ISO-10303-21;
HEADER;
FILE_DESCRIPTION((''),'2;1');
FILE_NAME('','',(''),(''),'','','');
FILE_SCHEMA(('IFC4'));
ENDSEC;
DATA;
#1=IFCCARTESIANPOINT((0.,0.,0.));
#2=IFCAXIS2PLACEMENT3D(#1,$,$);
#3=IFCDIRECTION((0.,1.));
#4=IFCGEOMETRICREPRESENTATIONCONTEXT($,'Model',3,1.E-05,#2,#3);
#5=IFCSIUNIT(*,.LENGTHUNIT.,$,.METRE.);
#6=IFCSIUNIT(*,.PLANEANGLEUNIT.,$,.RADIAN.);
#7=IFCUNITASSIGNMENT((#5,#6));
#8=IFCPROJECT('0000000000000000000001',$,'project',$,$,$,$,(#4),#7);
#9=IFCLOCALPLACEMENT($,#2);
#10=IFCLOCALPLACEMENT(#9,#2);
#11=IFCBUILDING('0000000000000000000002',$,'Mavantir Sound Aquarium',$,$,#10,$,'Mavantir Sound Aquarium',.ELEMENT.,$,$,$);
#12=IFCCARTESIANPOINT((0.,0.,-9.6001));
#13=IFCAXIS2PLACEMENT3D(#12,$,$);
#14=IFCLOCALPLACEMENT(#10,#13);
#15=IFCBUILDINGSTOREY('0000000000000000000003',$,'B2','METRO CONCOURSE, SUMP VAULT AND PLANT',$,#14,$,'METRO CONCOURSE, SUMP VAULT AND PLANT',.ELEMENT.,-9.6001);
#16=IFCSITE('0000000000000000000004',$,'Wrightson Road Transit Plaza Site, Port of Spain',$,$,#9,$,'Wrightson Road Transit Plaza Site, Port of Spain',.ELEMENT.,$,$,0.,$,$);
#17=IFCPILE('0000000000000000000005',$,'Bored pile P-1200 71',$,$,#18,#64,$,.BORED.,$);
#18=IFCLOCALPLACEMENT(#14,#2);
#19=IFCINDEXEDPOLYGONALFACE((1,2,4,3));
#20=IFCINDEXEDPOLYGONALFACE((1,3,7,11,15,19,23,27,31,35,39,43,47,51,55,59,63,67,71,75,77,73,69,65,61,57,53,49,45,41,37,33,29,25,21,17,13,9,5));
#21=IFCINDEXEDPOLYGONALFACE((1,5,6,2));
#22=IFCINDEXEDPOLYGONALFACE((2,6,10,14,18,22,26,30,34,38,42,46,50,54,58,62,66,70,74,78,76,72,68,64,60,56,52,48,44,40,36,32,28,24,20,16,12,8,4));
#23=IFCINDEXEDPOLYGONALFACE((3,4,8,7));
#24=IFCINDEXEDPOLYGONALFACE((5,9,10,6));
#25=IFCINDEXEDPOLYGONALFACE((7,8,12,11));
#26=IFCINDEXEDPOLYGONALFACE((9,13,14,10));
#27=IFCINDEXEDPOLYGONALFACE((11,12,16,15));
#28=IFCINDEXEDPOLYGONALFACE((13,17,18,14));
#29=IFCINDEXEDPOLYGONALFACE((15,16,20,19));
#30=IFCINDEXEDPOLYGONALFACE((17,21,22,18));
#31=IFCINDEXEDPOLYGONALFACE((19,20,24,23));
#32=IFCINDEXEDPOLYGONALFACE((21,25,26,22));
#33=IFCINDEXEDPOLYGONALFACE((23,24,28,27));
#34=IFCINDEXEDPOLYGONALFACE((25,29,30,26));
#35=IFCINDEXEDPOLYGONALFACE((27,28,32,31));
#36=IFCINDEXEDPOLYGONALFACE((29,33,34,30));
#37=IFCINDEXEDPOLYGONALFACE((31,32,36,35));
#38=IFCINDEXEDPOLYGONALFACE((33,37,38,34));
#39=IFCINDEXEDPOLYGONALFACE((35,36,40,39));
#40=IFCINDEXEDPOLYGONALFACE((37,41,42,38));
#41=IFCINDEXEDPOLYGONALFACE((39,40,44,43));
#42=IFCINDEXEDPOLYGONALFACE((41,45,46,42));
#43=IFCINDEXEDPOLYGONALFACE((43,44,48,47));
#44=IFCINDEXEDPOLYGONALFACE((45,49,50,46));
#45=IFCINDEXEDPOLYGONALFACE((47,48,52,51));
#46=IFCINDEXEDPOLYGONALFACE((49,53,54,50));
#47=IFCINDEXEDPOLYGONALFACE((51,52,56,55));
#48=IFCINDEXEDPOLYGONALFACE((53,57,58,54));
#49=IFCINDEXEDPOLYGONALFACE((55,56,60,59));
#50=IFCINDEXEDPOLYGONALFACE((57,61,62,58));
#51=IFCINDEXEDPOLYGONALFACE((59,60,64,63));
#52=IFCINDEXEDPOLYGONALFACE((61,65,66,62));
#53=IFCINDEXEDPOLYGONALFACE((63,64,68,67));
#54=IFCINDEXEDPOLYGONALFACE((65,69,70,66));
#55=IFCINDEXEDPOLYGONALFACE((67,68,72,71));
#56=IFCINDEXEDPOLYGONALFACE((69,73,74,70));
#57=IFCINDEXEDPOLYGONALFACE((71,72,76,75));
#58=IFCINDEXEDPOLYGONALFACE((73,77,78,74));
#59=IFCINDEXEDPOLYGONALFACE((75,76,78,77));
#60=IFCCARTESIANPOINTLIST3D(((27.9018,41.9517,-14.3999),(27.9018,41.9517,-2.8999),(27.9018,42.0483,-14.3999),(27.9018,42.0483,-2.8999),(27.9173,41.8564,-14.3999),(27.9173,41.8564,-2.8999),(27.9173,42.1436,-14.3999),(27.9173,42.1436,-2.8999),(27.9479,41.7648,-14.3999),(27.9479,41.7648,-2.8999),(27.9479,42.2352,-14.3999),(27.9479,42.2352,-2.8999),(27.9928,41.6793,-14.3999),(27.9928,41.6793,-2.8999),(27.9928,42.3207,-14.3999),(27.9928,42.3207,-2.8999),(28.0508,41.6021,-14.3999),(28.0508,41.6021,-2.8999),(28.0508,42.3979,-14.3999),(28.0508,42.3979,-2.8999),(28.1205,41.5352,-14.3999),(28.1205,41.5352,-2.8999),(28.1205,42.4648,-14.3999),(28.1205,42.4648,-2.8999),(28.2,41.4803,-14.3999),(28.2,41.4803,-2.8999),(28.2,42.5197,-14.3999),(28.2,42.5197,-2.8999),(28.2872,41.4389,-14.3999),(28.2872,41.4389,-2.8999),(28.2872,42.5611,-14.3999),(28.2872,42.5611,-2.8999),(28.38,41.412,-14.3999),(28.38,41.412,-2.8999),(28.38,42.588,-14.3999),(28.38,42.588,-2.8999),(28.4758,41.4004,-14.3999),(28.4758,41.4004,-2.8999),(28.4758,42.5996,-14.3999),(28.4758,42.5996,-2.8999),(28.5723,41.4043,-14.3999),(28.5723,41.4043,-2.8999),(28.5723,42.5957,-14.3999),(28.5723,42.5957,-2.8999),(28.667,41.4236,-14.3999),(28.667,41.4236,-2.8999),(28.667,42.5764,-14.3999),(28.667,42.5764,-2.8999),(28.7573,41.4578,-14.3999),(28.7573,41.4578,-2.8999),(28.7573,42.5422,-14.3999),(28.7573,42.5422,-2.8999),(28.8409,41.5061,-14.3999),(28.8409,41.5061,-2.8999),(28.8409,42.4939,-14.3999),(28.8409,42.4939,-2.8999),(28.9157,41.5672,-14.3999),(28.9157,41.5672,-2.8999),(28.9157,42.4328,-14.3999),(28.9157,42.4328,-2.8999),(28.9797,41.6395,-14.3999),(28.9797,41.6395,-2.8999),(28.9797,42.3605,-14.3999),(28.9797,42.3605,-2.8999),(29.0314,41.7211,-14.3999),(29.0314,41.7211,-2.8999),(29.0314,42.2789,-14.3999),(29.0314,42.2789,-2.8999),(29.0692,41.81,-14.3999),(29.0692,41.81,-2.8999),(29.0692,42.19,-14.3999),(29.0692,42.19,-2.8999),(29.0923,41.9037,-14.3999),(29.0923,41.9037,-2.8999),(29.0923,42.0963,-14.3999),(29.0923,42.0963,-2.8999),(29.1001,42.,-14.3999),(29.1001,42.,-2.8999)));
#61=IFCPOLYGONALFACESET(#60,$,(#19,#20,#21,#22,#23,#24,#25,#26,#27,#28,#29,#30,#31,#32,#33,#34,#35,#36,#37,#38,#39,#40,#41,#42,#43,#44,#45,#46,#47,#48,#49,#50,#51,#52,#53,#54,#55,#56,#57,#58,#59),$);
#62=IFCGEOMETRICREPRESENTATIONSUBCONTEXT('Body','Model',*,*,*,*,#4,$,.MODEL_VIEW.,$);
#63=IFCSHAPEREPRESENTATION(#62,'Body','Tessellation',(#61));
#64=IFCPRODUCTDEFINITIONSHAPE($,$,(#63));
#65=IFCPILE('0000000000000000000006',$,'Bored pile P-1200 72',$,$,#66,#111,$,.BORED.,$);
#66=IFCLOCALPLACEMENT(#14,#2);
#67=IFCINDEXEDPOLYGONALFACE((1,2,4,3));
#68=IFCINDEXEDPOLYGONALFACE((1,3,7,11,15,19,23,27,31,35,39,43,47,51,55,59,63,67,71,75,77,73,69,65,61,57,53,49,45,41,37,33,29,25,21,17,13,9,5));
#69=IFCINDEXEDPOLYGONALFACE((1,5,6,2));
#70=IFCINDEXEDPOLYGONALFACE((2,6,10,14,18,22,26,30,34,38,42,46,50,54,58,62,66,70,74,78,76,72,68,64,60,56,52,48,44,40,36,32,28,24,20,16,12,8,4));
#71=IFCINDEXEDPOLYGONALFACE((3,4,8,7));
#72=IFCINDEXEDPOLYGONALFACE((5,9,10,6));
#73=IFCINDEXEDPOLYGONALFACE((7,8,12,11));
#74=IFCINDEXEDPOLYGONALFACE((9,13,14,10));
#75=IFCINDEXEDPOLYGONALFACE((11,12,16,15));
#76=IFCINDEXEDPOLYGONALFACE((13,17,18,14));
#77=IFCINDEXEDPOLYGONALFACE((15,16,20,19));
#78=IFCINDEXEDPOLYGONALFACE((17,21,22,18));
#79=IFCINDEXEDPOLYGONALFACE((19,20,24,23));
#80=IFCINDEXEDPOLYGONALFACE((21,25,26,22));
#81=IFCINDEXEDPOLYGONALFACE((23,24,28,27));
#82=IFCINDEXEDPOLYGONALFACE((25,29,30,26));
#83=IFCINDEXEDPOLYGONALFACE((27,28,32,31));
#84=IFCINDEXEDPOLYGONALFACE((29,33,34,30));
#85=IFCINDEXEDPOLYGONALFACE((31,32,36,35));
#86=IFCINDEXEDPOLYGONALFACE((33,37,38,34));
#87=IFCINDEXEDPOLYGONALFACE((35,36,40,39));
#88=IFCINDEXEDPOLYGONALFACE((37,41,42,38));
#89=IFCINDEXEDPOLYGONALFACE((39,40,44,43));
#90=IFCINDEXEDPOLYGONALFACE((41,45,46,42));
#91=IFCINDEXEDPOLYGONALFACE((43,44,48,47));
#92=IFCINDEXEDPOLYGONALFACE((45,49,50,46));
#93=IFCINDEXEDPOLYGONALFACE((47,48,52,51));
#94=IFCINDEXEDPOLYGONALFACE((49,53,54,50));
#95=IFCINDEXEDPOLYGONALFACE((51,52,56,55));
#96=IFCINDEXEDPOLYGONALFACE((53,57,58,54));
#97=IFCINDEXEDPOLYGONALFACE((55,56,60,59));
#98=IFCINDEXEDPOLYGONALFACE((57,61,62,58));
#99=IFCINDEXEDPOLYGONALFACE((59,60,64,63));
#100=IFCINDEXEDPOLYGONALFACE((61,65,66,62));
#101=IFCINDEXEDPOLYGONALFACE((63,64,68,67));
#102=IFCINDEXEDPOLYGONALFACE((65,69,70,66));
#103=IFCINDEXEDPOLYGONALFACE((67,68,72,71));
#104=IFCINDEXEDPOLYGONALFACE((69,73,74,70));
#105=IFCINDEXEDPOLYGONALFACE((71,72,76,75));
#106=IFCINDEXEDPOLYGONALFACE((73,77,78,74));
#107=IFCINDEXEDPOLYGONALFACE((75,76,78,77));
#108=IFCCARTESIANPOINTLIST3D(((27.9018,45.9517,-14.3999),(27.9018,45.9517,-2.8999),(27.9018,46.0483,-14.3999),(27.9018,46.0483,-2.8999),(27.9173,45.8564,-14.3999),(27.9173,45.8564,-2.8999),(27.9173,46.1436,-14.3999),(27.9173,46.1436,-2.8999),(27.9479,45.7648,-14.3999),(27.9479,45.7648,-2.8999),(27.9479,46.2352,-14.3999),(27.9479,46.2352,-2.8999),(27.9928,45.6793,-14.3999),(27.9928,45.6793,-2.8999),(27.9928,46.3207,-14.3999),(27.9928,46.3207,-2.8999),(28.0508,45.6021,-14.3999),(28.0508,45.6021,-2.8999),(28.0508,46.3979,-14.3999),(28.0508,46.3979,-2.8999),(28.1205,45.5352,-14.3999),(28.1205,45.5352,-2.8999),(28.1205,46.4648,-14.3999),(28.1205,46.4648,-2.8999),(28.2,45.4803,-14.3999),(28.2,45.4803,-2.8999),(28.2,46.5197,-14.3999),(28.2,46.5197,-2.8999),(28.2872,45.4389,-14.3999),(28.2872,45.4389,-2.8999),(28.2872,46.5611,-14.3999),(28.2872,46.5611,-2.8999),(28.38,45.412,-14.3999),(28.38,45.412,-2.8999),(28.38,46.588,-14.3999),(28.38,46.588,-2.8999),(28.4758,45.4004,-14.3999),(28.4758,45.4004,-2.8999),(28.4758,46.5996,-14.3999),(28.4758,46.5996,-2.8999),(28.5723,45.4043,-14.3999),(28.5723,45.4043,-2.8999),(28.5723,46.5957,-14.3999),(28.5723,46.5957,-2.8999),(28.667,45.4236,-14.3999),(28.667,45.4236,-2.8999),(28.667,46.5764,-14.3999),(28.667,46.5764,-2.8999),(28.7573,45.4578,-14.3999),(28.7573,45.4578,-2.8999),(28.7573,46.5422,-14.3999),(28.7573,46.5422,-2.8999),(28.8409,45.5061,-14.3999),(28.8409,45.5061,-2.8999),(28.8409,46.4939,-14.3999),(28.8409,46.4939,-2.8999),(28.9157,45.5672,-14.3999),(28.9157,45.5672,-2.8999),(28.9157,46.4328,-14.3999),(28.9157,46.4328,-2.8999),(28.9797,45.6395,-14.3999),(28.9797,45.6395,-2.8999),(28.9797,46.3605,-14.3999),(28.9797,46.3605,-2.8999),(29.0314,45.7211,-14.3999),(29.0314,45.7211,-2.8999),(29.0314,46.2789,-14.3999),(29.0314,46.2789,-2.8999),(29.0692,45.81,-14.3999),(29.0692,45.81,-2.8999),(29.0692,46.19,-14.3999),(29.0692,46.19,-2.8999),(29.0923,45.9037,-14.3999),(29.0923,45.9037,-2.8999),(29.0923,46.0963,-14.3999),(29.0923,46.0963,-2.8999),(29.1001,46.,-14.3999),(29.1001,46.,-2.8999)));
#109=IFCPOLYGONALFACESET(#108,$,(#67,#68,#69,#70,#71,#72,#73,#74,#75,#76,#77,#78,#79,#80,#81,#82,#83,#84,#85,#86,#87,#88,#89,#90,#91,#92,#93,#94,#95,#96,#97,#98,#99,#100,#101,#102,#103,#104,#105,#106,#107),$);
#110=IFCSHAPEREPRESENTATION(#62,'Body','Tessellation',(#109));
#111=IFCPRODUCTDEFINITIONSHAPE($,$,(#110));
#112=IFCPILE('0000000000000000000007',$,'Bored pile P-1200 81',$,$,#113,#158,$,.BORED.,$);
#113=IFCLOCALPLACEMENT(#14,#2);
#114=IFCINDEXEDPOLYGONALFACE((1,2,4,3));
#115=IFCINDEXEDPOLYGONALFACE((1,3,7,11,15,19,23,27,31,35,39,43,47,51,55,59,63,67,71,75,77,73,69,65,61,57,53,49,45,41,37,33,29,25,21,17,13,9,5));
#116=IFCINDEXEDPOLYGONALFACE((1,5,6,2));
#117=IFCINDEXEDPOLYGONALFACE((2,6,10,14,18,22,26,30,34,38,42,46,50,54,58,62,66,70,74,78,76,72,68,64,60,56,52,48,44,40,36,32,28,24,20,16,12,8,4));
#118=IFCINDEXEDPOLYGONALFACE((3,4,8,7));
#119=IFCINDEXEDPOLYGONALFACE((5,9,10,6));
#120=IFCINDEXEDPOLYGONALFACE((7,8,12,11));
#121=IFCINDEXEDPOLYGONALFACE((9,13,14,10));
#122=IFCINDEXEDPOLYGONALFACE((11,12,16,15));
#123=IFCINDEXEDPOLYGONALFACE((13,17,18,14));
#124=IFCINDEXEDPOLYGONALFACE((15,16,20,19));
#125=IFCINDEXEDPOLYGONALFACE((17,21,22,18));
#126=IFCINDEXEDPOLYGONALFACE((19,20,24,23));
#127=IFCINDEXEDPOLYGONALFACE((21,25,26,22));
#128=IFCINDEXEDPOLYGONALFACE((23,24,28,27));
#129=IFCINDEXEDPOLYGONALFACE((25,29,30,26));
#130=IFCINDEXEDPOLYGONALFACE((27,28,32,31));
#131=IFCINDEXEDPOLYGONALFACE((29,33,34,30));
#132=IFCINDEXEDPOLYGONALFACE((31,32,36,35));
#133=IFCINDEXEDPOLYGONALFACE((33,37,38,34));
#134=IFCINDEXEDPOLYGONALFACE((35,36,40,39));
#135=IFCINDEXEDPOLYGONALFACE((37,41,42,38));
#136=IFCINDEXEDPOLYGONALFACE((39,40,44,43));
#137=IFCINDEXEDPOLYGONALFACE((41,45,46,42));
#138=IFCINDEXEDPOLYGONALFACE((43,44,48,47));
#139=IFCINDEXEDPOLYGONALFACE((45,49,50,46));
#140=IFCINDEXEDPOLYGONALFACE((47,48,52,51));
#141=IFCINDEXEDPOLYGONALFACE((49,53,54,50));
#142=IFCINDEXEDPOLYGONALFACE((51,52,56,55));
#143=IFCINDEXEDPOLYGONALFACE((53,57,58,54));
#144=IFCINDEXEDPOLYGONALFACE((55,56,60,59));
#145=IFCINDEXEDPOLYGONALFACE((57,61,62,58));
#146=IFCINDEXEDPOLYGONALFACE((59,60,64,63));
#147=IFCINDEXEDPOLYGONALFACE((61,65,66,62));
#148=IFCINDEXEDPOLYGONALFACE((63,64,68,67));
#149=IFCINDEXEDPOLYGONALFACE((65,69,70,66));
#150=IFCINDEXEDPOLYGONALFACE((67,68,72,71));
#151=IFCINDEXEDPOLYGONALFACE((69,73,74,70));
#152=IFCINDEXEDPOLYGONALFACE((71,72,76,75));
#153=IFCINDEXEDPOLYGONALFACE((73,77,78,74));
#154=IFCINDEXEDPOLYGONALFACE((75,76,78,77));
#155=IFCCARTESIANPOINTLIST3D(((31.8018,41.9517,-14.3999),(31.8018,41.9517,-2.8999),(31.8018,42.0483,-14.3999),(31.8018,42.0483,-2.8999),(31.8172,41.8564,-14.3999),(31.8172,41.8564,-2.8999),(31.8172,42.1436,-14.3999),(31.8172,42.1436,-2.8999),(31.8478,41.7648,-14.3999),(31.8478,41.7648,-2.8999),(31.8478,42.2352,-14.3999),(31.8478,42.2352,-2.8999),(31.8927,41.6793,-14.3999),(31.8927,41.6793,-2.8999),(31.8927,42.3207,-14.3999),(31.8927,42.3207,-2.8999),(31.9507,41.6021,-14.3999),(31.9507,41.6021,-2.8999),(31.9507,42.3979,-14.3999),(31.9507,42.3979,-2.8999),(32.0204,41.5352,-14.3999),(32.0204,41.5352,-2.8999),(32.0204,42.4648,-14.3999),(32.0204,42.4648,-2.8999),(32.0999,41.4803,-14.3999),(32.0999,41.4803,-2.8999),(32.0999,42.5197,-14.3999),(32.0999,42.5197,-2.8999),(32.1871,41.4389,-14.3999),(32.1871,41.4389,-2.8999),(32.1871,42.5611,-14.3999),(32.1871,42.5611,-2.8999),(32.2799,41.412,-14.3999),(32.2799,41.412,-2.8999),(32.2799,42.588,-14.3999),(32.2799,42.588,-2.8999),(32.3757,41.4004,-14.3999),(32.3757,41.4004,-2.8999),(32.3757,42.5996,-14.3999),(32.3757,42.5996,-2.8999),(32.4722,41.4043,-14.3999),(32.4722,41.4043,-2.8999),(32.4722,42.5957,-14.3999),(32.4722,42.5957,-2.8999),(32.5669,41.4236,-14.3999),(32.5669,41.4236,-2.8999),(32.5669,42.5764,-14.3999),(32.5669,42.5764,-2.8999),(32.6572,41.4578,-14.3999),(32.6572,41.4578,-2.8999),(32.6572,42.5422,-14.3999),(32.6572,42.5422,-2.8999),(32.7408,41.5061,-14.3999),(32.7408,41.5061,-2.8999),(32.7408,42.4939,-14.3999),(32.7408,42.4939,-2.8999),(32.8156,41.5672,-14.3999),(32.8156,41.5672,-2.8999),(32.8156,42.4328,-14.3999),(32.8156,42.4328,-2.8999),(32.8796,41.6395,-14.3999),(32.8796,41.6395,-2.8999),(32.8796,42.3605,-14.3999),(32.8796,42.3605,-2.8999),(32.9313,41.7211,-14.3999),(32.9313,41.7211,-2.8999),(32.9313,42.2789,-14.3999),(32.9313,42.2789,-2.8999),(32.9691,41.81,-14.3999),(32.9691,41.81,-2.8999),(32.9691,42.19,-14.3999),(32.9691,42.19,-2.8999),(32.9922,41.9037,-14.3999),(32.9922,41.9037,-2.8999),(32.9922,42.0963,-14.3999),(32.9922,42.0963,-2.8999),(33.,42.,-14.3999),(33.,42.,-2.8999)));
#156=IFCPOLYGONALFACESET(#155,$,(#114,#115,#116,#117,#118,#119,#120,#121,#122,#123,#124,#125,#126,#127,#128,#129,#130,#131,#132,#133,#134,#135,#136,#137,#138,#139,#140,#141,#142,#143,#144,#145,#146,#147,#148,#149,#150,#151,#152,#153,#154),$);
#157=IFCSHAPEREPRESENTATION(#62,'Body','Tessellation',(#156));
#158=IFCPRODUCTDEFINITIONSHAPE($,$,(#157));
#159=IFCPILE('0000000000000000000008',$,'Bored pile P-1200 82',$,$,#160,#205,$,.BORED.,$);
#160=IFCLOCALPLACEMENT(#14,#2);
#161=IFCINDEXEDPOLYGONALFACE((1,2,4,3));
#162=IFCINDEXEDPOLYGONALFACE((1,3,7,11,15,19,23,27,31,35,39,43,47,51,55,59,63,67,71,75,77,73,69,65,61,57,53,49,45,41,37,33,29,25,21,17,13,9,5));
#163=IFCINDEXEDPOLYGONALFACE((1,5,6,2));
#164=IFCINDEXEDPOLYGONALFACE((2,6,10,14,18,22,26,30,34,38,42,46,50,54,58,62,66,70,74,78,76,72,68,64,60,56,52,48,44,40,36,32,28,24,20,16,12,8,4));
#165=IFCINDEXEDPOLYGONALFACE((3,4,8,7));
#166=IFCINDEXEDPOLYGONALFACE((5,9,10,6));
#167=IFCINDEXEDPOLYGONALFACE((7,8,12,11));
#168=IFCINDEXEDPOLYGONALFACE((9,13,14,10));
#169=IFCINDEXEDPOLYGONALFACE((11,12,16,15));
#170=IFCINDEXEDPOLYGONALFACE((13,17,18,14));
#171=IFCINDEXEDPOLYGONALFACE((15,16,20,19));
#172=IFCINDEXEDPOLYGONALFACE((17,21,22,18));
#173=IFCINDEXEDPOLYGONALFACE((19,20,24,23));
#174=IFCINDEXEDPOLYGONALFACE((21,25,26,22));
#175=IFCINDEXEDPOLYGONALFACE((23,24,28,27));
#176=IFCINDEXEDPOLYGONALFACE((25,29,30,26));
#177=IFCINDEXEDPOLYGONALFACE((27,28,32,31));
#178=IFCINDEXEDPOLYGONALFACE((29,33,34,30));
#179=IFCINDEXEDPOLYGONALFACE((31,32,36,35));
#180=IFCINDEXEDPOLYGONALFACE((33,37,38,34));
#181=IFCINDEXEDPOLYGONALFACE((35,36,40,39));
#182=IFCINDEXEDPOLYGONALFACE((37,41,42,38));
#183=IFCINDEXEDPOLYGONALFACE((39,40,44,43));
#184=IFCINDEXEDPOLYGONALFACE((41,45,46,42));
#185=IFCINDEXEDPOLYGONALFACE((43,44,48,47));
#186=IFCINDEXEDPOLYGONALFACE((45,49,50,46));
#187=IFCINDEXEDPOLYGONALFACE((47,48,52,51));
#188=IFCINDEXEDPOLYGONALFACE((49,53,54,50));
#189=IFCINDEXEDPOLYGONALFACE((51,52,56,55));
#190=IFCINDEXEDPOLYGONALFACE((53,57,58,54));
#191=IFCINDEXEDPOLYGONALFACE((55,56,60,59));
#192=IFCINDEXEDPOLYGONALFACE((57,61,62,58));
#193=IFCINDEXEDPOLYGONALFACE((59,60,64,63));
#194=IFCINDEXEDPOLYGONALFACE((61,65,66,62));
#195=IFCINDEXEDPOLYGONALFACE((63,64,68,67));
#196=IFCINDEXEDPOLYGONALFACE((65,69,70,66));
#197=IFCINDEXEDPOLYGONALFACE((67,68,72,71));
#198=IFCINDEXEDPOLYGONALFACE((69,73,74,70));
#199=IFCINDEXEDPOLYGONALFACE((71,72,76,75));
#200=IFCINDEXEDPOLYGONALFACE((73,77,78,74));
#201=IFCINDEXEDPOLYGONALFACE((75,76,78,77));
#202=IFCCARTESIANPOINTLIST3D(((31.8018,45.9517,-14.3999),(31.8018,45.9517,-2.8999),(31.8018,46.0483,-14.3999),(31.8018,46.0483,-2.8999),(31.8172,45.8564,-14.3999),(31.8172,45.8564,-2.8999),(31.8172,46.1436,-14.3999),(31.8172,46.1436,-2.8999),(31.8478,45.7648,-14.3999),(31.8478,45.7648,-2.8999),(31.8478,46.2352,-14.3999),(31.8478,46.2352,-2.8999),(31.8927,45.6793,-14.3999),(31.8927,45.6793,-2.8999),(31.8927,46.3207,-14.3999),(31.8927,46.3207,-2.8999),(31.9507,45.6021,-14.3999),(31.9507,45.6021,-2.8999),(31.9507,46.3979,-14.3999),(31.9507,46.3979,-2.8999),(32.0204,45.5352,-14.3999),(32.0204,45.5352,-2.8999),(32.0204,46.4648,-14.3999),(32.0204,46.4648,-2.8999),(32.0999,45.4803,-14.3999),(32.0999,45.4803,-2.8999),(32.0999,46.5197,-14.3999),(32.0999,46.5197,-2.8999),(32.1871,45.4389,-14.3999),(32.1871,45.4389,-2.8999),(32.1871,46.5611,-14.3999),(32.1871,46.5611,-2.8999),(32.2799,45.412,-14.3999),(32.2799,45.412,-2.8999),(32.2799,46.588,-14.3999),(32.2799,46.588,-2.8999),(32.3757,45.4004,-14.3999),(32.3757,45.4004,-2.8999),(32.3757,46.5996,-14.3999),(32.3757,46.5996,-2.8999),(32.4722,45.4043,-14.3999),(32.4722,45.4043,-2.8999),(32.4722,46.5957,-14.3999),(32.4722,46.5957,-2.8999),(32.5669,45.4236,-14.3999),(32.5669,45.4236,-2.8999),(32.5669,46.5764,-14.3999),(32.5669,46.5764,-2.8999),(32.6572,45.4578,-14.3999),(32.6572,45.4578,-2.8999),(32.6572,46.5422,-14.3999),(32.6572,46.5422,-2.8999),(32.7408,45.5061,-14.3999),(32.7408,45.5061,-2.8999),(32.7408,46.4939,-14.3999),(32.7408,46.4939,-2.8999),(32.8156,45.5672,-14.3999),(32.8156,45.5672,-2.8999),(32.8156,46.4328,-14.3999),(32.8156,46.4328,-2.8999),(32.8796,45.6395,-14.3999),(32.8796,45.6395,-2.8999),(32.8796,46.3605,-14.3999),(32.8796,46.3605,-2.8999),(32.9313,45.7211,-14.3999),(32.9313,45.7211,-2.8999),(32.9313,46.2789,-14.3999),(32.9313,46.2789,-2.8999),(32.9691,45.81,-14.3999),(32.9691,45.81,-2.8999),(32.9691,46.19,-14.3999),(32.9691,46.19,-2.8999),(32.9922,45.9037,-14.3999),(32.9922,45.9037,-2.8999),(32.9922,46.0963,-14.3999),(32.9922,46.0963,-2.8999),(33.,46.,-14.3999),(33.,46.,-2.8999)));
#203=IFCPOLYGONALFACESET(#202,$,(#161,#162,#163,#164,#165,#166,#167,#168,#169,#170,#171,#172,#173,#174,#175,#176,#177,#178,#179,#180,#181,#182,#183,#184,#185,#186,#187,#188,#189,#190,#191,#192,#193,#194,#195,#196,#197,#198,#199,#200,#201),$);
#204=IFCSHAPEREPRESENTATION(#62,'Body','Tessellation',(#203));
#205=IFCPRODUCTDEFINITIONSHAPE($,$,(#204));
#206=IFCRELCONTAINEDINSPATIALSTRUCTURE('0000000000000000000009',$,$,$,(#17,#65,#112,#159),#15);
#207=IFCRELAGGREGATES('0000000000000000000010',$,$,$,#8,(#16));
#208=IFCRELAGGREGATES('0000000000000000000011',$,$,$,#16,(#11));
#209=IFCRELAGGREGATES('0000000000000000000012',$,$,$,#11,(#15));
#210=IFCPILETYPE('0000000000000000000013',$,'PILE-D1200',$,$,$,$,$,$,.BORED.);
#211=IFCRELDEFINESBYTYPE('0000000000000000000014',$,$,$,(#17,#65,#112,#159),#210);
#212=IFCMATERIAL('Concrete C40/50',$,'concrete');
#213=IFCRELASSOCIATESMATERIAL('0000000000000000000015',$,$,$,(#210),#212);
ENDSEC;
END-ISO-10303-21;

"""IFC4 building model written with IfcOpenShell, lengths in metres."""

from ifc_helpers import new_model, si_unit, direction, frame, origin, origin_2d, place, context, subcontext, project, spatial, circle, extrude, material, material_profile, profile_set, type_object, element, save


model = new_model("IFC4")

# Units and contexts
model_context = context("Model", 3, precision=1e-05, world=origin(), true_north=direction((0.0, 1.0)))
body_context = subcontext(model_context, "Body", "Model", "MODEL_VIEW")
ifc_project = project(units=[si_unit("LENGTHUNIT", "METRE"), si_unit("PLANEANGLEUNIT", "RADIAN")], contexts=[model_context])

# Site, building, storey
site_placement = place(None, origin())
site = spatial("IfcSite", under=ifc_project, at=site_placement, Name="Wrightson Road Transit Plaza Site, Port of Spain", LongName="Wrightson Road Transit Plaza Site, Port of Spain", CompositionType="ELEMENT", RefElevation=0.0)
building_placement = place(site_placement, origin())
building = spatial("IfcBuilding", under=site, at=building_placement, Name="Mavantir Sound Aquarium", LongName="Mavantir Sound Aquarium", CompositionType="ELEMENT")
storey_placement = place(building_placement, frame((0.0, 0.0, -9.6001)))
storey = spatial("IfcBuildingStorey", under=building, at=storey_placement, Name="B2", Description="METRO CONCOURSE, SUMP VAULT AND PLANT", LongName="METRO CONCOURSE, SUMP VAULT AND PLANT", CompositionType="ELEMENT", Elevation=-9.6001)

# Shared definitions
ifc_material_1 = material(Name="Concrete C40/50", Category="concrete")

# Piles
ifc_material_profile_1 = material_profile(ifc_material_1, circle(Radius=0.6001, at=origin_2d()), Name="PILE D1200")
ifc_profile_set_1 = profile_set([ifc_material_profile_1], Name="Concrete C40/50")
pile_type_1 = type_object("IfcPileType", Name="PILE-D1200", PredefinedType="BORED", material=ifc_profile_set_1)
for number, where, z_axis, x_axis, name in (
    (1, (28.5, 42.0, -2.8999), (0.0, 0.0, -1.0), (1.0, 0.0, 0.0), "Bored pile P-1200 71"),
    (2, (28.5, 46.0, -2.8999), (0.0, 0.0, -1.0), (1.0, 0.0, 0.0), "Bored pile P-1200 72"),
    (3, (32.3999, 42.0, -2.8999), (0.0, 0.0, -1.0), (1.0, 0.0, 0.0), "Bored pile P-1200 81"),
    (4, (32.3999, 46.0, -2.8999), (0.0, 0.0, -1.0), (1.0, 0.0, 0.0), "Bored pile P-1200 82"),
):
    element("IfcPile", number, at=place(storey_placement, frame(where, z_axis=z_axis, x_axis=x_axis)), inside=storey, type_object=pile_type_1, Name=name, PredefinedType="BORED", context=body_context, shape_type="SweptSolid", body=[
        extrude(circle(Radius=0.6001, at=origin_2d()), origin(), (0.0, 0.0, 1.0), 11.5),
    ])

save(model, "model.ifc")
